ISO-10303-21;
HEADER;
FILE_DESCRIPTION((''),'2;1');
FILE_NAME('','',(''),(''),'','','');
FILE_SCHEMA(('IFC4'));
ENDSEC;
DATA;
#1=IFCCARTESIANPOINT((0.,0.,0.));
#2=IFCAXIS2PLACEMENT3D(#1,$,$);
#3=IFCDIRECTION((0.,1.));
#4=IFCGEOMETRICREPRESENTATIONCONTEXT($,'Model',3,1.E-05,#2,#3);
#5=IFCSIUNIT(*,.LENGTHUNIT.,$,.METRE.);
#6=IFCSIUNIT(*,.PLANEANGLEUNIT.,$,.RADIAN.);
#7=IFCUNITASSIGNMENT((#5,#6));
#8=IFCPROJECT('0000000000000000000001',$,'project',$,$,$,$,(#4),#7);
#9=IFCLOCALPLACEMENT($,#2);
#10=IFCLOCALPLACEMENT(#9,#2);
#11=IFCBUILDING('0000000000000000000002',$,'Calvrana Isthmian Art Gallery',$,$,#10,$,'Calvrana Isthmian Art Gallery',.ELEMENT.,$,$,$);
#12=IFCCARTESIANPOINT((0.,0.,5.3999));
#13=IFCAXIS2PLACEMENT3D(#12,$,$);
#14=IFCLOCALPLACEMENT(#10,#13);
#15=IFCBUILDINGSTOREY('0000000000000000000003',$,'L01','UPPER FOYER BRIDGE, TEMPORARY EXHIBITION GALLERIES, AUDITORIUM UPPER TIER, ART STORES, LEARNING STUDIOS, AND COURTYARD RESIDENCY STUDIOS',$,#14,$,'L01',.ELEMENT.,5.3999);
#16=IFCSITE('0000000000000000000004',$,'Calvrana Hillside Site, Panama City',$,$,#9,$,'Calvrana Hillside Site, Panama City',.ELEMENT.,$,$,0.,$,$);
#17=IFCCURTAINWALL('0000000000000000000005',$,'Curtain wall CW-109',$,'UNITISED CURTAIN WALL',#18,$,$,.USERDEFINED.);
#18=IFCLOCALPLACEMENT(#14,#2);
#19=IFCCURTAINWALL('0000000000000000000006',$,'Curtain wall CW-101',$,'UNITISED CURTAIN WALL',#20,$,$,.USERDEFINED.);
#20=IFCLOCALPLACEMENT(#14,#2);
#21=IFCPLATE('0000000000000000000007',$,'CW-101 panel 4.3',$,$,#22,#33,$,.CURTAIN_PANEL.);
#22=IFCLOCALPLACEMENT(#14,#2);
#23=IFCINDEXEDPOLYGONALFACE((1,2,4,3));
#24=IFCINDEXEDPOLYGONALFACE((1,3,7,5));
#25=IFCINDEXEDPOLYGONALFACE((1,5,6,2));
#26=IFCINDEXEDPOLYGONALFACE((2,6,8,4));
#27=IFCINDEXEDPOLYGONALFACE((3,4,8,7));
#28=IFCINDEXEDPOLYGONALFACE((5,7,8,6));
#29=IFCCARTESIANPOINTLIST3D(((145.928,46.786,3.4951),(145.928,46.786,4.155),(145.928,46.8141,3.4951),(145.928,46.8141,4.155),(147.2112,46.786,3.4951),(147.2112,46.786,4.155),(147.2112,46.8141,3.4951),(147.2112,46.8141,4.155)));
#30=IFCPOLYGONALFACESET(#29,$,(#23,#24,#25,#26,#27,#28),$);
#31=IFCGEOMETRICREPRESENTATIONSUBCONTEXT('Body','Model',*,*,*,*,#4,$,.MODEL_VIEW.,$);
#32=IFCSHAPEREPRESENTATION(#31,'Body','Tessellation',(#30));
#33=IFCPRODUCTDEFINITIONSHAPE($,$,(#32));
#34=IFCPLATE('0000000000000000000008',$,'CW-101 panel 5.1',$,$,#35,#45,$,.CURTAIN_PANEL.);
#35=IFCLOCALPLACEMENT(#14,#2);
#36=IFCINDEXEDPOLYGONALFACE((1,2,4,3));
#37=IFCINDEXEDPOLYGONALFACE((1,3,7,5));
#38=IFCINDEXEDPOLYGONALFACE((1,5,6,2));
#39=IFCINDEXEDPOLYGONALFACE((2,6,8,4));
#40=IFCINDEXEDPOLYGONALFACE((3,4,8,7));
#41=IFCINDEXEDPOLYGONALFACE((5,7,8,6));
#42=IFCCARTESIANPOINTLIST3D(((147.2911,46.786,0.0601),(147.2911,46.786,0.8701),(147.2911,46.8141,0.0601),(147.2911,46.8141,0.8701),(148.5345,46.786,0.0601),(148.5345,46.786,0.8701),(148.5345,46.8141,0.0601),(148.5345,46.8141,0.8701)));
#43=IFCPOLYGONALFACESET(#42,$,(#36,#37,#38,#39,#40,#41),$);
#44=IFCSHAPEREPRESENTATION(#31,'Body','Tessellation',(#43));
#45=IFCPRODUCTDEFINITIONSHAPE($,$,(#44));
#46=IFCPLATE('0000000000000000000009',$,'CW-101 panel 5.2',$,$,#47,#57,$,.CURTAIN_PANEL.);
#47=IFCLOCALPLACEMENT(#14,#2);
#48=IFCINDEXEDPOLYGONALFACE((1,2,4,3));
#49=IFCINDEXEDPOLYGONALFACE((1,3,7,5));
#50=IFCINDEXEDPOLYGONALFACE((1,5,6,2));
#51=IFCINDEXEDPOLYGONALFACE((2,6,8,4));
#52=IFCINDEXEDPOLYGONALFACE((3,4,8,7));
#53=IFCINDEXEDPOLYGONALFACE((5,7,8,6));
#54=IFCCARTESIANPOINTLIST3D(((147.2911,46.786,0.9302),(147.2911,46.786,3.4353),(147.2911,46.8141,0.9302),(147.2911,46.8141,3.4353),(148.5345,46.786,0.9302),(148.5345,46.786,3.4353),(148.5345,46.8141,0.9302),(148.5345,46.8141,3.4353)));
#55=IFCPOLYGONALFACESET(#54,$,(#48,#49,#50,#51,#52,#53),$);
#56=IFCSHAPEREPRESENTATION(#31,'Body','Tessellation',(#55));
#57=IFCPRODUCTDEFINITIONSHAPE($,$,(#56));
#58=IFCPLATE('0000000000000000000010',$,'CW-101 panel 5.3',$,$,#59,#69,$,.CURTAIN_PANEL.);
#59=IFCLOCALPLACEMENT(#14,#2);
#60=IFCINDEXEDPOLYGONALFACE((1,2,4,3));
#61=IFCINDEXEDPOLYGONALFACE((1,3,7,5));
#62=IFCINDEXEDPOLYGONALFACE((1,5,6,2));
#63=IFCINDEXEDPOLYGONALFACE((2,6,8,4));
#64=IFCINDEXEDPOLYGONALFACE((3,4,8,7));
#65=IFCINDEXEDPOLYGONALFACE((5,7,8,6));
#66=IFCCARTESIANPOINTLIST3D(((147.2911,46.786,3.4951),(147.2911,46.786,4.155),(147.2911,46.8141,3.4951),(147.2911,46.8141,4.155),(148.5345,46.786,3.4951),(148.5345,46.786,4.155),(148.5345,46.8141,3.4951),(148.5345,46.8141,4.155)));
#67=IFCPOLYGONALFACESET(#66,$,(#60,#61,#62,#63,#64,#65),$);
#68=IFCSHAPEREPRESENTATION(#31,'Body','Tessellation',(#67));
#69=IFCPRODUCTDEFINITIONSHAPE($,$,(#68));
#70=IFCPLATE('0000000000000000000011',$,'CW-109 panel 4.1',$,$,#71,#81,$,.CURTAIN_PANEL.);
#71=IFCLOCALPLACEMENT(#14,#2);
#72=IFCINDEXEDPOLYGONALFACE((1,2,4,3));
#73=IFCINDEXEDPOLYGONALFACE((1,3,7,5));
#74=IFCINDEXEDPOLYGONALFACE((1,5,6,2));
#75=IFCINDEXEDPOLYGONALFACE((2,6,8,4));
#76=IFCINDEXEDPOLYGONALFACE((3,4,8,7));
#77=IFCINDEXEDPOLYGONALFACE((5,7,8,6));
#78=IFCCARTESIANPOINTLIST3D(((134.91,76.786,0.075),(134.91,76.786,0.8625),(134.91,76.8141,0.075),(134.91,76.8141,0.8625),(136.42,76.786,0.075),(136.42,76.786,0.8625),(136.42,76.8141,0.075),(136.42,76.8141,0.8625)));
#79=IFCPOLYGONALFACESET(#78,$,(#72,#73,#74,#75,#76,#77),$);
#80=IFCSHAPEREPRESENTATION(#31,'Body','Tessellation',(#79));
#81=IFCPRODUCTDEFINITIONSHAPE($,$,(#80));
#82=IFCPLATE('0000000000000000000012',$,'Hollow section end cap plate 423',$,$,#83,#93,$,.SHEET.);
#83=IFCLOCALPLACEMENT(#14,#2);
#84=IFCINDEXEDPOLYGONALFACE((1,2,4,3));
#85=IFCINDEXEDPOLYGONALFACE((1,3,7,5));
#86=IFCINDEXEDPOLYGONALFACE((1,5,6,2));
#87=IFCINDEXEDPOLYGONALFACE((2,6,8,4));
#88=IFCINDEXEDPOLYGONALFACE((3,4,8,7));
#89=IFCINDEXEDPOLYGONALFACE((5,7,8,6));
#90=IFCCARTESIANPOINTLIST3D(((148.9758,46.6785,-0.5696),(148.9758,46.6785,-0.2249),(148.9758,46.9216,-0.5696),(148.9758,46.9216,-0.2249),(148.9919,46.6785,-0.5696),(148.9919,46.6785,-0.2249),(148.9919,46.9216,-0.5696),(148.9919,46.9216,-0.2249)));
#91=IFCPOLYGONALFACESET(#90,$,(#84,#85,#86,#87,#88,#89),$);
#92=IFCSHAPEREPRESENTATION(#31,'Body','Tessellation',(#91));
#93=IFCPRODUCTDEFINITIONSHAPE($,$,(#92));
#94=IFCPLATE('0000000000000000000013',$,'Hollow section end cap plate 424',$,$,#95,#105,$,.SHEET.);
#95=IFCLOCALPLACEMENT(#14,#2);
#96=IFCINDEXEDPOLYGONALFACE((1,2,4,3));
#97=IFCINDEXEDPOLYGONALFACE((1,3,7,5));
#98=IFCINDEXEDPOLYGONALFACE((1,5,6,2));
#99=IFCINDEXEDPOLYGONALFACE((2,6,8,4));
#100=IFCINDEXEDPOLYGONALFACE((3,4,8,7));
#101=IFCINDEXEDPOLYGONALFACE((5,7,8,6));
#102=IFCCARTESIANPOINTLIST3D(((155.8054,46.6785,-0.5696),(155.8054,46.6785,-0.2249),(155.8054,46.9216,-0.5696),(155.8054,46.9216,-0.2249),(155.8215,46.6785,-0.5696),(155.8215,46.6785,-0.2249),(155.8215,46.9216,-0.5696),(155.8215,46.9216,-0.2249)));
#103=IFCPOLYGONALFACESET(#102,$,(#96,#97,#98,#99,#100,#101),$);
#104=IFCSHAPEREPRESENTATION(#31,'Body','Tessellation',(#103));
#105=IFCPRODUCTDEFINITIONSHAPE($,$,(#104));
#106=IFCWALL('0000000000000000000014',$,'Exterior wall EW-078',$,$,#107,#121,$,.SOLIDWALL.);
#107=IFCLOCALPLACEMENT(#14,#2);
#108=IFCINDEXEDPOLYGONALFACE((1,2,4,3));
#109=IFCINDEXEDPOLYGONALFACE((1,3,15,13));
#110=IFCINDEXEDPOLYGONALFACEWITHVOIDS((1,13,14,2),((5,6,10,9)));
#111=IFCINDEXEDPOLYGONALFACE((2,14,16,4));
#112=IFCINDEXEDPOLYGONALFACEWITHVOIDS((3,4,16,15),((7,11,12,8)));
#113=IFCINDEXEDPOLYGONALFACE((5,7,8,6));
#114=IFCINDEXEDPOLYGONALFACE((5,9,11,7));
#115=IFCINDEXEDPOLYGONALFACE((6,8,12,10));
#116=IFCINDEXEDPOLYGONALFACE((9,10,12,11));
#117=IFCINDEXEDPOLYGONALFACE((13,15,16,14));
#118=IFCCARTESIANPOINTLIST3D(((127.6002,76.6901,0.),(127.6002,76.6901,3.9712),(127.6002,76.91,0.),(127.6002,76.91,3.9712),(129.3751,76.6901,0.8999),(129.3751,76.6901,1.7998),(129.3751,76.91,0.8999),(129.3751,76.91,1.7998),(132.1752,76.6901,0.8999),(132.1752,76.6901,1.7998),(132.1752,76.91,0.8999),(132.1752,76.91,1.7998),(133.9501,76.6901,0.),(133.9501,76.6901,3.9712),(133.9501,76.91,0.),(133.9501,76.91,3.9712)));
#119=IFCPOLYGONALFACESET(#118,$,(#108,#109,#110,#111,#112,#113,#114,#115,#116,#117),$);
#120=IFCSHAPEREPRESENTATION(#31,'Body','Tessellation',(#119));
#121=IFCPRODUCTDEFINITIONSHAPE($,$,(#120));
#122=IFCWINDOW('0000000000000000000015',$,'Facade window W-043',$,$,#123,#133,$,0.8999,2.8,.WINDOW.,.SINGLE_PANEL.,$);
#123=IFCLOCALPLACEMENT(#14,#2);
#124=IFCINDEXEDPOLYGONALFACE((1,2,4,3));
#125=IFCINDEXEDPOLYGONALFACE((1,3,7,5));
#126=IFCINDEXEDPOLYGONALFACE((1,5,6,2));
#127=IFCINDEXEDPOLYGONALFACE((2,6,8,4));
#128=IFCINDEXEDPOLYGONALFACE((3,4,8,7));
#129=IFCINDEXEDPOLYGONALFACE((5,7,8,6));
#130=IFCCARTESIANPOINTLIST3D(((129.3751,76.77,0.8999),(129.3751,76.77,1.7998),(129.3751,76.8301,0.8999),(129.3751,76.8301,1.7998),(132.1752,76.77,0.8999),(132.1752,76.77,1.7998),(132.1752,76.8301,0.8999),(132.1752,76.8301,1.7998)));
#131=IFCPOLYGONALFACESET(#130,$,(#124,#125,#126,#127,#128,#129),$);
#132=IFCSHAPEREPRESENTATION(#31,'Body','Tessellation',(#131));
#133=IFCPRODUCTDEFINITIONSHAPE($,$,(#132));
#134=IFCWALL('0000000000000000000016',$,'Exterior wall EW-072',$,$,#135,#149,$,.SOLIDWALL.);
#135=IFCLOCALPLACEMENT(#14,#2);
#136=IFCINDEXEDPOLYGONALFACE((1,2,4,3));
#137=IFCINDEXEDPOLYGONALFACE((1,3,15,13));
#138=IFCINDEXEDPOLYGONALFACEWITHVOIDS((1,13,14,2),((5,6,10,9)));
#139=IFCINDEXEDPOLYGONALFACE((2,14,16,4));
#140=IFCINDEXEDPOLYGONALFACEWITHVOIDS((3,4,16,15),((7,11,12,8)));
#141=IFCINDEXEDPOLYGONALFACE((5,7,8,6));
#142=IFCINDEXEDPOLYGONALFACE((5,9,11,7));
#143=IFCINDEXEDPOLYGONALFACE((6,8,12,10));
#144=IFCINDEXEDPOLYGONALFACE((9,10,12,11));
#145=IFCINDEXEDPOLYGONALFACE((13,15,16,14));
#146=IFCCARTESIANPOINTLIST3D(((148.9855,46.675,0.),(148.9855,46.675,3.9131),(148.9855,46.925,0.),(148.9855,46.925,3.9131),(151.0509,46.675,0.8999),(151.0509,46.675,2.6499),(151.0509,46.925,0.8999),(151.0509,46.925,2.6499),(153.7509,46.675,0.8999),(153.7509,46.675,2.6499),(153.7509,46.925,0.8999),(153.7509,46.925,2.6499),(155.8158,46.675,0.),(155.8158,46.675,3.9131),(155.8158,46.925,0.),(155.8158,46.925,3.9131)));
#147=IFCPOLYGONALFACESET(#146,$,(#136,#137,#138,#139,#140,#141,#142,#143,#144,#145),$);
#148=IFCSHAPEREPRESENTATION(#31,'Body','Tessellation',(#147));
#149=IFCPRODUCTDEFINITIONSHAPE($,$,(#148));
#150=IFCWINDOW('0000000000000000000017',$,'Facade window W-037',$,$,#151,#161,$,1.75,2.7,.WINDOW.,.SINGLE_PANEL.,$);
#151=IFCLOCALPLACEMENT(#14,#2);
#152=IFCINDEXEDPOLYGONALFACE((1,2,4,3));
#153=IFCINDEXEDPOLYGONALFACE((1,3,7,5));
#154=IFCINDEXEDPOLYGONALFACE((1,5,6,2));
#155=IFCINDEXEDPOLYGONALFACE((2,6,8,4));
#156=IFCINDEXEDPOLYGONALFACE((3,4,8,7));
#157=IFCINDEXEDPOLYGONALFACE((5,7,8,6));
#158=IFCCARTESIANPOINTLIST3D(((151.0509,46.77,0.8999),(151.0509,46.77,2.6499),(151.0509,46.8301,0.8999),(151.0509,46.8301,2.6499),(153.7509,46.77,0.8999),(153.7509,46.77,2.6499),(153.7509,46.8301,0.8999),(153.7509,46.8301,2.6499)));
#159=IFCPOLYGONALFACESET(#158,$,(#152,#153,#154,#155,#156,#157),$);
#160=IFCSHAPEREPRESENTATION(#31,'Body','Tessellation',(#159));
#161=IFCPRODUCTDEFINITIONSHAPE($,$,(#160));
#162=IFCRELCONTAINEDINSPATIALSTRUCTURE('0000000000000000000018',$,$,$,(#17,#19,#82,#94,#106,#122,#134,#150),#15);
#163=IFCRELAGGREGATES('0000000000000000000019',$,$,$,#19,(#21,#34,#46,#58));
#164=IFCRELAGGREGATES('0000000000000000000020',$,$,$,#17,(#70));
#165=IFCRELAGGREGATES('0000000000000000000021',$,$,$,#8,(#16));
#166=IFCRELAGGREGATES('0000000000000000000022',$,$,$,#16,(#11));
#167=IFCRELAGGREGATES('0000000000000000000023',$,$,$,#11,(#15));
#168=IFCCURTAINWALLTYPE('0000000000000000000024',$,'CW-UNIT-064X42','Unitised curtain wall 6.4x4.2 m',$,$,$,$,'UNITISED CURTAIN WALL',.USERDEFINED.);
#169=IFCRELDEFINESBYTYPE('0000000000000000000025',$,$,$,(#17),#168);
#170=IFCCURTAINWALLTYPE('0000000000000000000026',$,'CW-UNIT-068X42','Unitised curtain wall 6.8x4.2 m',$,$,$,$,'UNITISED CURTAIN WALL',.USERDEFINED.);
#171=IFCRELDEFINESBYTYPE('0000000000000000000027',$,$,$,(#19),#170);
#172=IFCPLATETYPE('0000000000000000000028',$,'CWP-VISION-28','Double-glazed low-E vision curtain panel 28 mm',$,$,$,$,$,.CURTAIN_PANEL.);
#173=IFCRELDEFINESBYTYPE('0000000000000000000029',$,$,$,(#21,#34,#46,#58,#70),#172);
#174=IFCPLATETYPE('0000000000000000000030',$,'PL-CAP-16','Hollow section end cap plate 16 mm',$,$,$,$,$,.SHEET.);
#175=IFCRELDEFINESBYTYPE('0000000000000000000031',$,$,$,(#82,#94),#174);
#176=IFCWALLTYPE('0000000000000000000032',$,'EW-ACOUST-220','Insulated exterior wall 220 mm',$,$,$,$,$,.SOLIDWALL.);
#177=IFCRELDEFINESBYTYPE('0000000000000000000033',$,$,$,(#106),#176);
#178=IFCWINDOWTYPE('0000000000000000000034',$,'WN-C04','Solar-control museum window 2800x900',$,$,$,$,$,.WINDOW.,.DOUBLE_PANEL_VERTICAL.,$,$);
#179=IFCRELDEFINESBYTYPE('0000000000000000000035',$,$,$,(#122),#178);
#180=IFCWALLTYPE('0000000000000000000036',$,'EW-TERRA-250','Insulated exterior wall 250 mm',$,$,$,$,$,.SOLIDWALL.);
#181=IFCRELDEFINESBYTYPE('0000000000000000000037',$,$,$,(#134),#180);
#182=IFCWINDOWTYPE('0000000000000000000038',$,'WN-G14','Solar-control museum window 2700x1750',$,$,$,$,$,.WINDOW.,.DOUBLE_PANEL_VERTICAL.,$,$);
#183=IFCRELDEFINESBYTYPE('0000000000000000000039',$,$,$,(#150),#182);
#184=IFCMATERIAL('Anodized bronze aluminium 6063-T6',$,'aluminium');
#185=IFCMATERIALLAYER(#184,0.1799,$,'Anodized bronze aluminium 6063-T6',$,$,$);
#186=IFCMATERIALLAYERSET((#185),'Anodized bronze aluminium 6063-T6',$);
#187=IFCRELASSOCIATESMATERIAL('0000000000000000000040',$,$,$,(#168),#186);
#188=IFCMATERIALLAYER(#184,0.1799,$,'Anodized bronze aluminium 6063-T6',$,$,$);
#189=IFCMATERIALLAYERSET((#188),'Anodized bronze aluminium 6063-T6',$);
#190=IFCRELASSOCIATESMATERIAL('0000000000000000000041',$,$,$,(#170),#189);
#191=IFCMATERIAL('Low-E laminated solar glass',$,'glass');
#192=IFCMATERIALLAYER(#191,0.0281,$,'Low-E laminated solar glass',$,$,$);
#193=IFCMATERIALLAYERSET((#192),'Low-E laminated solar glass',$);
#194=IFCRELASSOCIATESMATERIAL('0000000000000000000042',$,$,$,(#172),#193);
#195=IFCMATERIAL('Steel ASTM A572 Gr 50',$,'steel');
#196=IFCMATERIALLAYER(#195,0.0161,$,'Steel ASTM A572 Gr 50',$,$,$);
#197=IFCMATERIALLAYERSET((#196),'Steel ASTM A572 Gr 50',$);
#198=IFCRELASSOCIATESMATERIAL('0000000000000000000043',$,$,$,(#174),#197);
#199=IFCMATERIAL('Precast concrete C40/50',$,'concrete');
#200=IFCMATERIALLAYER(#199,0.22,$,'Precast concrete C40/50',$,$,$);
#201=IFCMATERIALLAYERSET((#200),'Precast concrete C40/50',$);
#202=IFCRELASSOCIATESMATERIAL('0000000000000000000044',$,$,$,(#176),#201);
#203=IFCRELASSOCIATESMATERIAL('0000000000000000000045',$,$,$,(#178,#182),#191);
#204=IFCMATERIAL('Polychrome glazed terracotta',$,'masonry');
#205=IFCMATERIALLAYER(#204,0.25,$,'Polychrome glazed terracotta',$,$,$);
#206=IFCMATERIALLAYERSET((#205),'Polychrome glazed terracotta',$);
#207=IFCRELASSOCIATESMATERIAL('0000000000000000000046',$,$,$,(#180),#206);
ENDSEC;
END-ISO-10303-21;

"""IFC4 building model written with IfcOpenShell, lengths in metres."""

from ifc_helpers import new_model, si_unit, direction, frame, frame_2d, origin, origin_2d, place, context, subcontext, project, spatial, rectangle, extrude, material, layer, layer_set, type_object, element, fill, aggregate, save


model = new_model("IFC4")

# Units and contexts
model_context = context("Model", 3, precision=1e-05, world=origin(), true_north=direction((0.0, 1.0)))
body_context = subcontext(model_context, "Body", "Model", "MODEL_VIEW")
ifc_project = project(units=[si_unit("LENGTHUNIT", "METRE"), si_unit("PLANEANGLEUNIT", "RADIAN")], contexts=[model_context])

# Site, building, storey
site_placement = place(None, origin())
site = spatial("IfcSite", under=ifc_project, at=site_placement, Name="Calvrana Hillside Site, Panama City", LongName="Calvrana Hillside Site, Panama City", CompositionType="ELEMENT", RefElevation=0.0)
building_placement = place(site_placement, origin())
building = spatial("IfcBuilding", under=site, at=building_placement, Name="Calvrana Isthmian Art Gallery", LongName="Calvrana Isthmian Art Gallery", CompositionType="ELEMENT")
storey_placement = place(building_placement, frame((0.0, 0.0, 5.3999)))
storey = spatial("IfcBuildingStorey", under=building, at=storey_placement, Name="L01", Description="UPPER FOYER BRIDGE, TEMPORARY EXHIBITION GALLERIES, AUDITORIUM UPPER TIER, ART STORES, LEARNING STUDIOS, AND COURTYARD RESIDENCY STUDIOS", LongName="L01", CompositionType="ELEMENT", Elevation=5.3999)

# Curtain wall
ifc_material_1 = material(Name="Anodized bronze aluminium 6063-T6", Category="aluminium")
ifc_layer_1 = layer(ifc_material_1, 0.1799, Name="Anodized bronze aluminium 6063-T6")
ifc_layer_set_1 = layer_set([ifc_layer_1], Name="Anodized bronze aluminium 6063-T6")
curtain_wall_type_1 = type_object("IfcCurtainWallType", Name="CW-UNIT-064X42", Description="Unitised curtain wall 6.4x4.2 m", ElementType="UNITISED CURTAIN WALL", PredefinedType="USERDEFINED", material=ifc_layer_set_1)
curtain_wall_1_placement = place(storey_placement, origin())
curtain_wall_1 = element("IfcCurtainWall", 1, at=curtain_wall_1_placement, inside=storey, type_object=curtain_wall_type_1, Name="Curtain wall CW-109", ObjectType="UNITISED CURTAIN WALL", PredefinedType="USERDEFINED")

# Curtain wall, plates
ifc_layer_2 = layer(ifc_material_1, 0.1799, Name="Anodized bronze aluminium 6063-T6")
ifc_layer_set_2 = layer_set([ifc_layer_2], Name="Anodized bronze aluminium 6063-T6")
curtain_wall_type_2 = type_object("IfcCurtainWallType", Name="CW-UNIT-068X42", Description="Unitised curtain wall 6.8x4.2 m", ElementType="UNITISED CURTAIN WALL", PredefinedType="USERDEFINED", material=ifc_layer_set_2)
curtain_wall_2_placement = place(storey_placement, origin())
curtain_wall_2 = element("IfcCurtainWall", 2, at=curtain_wall_2_placement, inside=storey, type_object=curtain_wall_type_2, Name="Curtain wall CW-101", ObjectType="UNITISED CURTAIN WALL", PredefinedType="USERDEFINED")
ifc_material_2 = material(Name="Low-E laminated solar glass", Category="glass")
ifc_layer_3 = layer(ifc_material_2, 0.0281, Name="Low-E laminated solar glass")
ifc_layer_set_3 = layer_set([ifc_layer_3], Name="Low-E laminated solar glass")
plate_type_1 = type_object("IfcPlateType", Name="CWP-VISION-28", Description="Double-glazed low-E vision curtain panel 28 mm", PredefinedType="CURTAIN_PANEL", material=ifc_layer_set_3)
plate_1_placement = place(storey_placement, frame((146.5696, 46.8, 3.4951), z_axis=(0.0, 0.0, 1.0), x_axis=(1.0, 0.0, 0.0)))
plate_1 = element("IfcPlate", 3, at=plate_1_placement, type_object=plate_type_1, Name="CW-101 panel 4.3", PredefinedType="CURTAIN_PANEL", context=body_context, shape_type="SweptSolid", body=[
    extrude(rectangle(XDim=1.2832, YDim=0.0281, at=origin_2d()), origin(), (0.0, 0.0, 1.0), 0.6599),
])
plate_2_placement = place(storey_placement, frame((147.9128, 46.8, 0.0601), z_axis=(0.0, 0.0, 1.0), x_axis=(1.0, 0.0, 0.0)))
plate_2 = element("IfcPlate", 4, at=plate_2_placement, type_object=plate_type_1, Name="CW-101 panel 5.1", PredefinedType="CURTAIN_PANEL", context=body_context, shape_type="SweptSolid", body=[
    extrude(rectangle(XDim=1.2434, YDim=0.0281, at=origin_2d()), origin(), (0.0, 0.0, 1.0), 0.8101),
])
plate_3_placement = place(storey_placement, frame((147.9128, 46.8, 0.9302), z_axis=(0.0, 0.0, 1.0), x_axis=(1.0, 0.0, 0.0)))
plate_3 = element("IfcPlate", 5, at=plate_3_placement, type_object=plate_type_1, Name="CW-101 panel 5.2", PredefinedType="CURTAIN_PANEL", context=body_context, shape_type="SweptSolid", body=[
    extrude(rectangle(XDim=1.2434, YDim=0.0281, at=origin_2d()), origin(), (0.0, 0.0, 1.0), 2.5051),
])
plate_4_placement = place(storey_placement, frame((147.9128, 46.8, 3.4951), z_axis=(0.0, 0.0, 1.0), x_axis=(1.0, 0.0, 0.0)))
plate_4 = element("IfcPlate", 6, at=plate_4_placement, type_object=plate_type_1, Name="CW-101 panel 5.3", PredefinedType="CURTAIN_PANEL", context=body_context, shape_type="SweptSolid", body=[
    extrude(rectangle(XDim=1.2434, YDim=0.0281, at=origin_2d()), origin(), (0.0, 0.0, 1.0), 0.6599),
])
aggregate(curtain_wall_2, [plate_1, plate_2, plate_3, plate_4])

# Plate
plate_5_placement = place(storey_placement, frame((135.665, 76.8, 0.075), z_axis=(0.0, 0.0, 1.0), x_axis=(-1.0, 0.0, 0.0)))
plate_5 = element("IfcPlate", 7, at=plate_5_placement, type_object=plate_type_1, Name="CW-109 panel 4.1", PredefinedType="CURTAIN_PANEL", context=body_context, shape_type="SweptSolid", body=[
    extrude(rectangle(XDim=1.51, YDim=0.0281, at=origin_2d()), origin(), (0.0, 0.0, 1.0), 0.7876),
])
aggregate(curtain_wall_1, [plate_5])

# Plates
ifc_material_3 = material(Name="Steel ASTM A572 Gr 50", Category="steel")
ifc_layer_4 = layer(ifc_material_3, 0.0161, Name="Steel ASTM A572 Gr 50")
ifc_layer_set_4 = layer_set([ifc_layer_4], Name="Steel ASTM A572 Gr 50")
plate_type_2 = type_object("IfcPlateType", Name="PL-CAP-16", Description="Hollow section end cap plate 16 mm", PredefinedType="SHEET", material=ifc_layer_set_4)
for number, where, z_axis, x_axis, name in (
    (8, (148.9839, 46.8, -0.5696), (0.0, 0.0, 1.0), (1.0, 0.0, 0.0), "Hollow section end cap plate 423"),
    (9, (155.8135, 46.8, -0.5696), (0.0, 0.0, 1.0), (1.0, 0.0, 0.0), "Hollow section end cap plate 424"),
):
    element("IfcPlate", number, at=place(storey_placement, frame(where, z_axis=z_axis, x_axis=x_axis)), inside=storey, type_object=plate_type_2, Name=name, PredefinedType="SHEET", context=body_context, shape_type="SweptSolid", body=[
        extrude(rectangle(XDim=0.0161, YDim=0.2432, at=origin_2d()), origin(), (0.0, 0.0, 1.0), 0.3447),
    ])

# Walls, openings, windows
ifc_material_4 = material(Name="Precast concrete C40/50", Category="concrete")
ifc_layer_5 = layer(ifc_material_4, 0.22, Name="Precast concrete C40/50")
ifc_layer_set_5 = layer_set([ifc_layer_5], Name="Precast concrete C40/50")
wall_type_1 = type_object("IfcWallType", Name="EW-ACOUST-220", Description="Insulated exterior wall 220 mm", PredefinedType="SOLIDWALL", material=ifc_layer_set_5)
wall_1_placement = place(storey_placement, frame((133.95, 76.8, 0.0), z_axis=(0.0, 0.0, 1.0), x_axis=(-1.0, 0.0, 0.0)))
wall_1 = element("IfcWall", 10, at=wall_1_placement, inside=storey, type_object=wall_type_1, Name="Exterior wall EW-078", PredefinedType="SOLIDWALL", context=body_context, shape_type="SweptSolid", body=[
    extrude(rectangle(XDim=6.3499, YDim=0.22, at=frame_2d((3.1748, 0.0))), origin(), (0.0, 0.0, 1.0), 3.9712),
])
opening_1_placement = place(wall_1_placement, frame((1.7749, 0.0, 0.8999)))
opening_1 = element("IfcOpeningElement", 11, at=opening_1_placement, cuts=wall_1, PredefinedType="OPENING", context=body_context, shape_type="SweptSolid", body=[
    extrude(rectangle(XDim=2.8, YDim=0.8999, at=frame_2d((1.3999, 0.45))), frame((0.0, 0.1201, 0.0), z_axis=(0.0, -1.0, 0.0), x_axis=(1.0, 0.0, 0.0)), (0.0, 0.0, 1.0), 0.2405),
])
window_type_1 = type_object("IfcWindowType", Name="WN-C04", Description="Solar-control museum window 2800x900", PartitioningType="DOUBLE_PANEL_VERTICAL", PredefinedType="WINDOW", material=ifc_material_2)
window_1_placement = place(opening_1_placement, origin())
window_1 = element("IfcWindow", 12, at=window_1_placement, inside=storey, type_object=window_type_1, Name="Facade window W-043", OverallHeight=0.8999, OverallWidth=2.8, PartitioningType="SINGLE_PANEL", PredefinedType="WINDOW", context=body_context, shape_type="SweptSolid", body=[
    extrude(rectangle(XDim=2.8, YDim=0.8999, at=frame_2d((1.3999, 0.45))), frame((0.0, 0.03, 0.0), z_axis=(0.0, -1.0, 0.0), x_axis=(1.0, 0.0, 0.0)), (0.0, 0.0, 1.0), 0.0601),
])
fill(opening_1, window_1)
ifc_material_5 = material(Name="Polychrome glazed terracotta", Category="masonry")
ifc_layer_6 = layer(ifc_material_5, 0.25, Name="Polychrome glazed terracotta")
ifc_layer_set_6 = layer_set([ifc_layer_6], Name="Polychrome glazed terracotta")
wall_type_2 = type_object("IfcWallType", Name="EW-TERRA-250", Description="Insulated exterior wall 250 mm", PredefinedType="SOLIDWALL", material=ifc_layer_set_6)
wall_2_placement = place(storey_placement, frame((148.9856, 46.8, 0.0), z_axis=(0.0, 0.0, 1.0), x_axis=(1.0, 0.0, 0.0)))
wall_2 = element("IfcWall", 13, at=wall_2_placement, inside=storey, type_object=wall_type_2, Name="Exterior wall EW-072", PredefinedType="SOLIDWALL", context=body_context, shape_type="SweptSolid", body=[
    extrude(rectangle(XDim=6.8303, YDim=0.25, at=frame_2d((3.415, 0.0))), origin(), (0.0, 0.0, 1.0), 3.9131),
])
opening_2_placement = place(wall_2_placement, frame((2.0652, 0.0, 0.8999)))
opening_2 = element("IfcOpeningElement", 14, at=opening_2_placement, cuts=wall_2, PredefinedType="OPENING", context=body_context, shape_type="SweptSolid", body=[
    extrude(rectangle(XDim=2.7, YDim=1.75, at=frame_2d((1.3501, 0.875))), frame((0.0, 0.1353, 0.0), z_axis=(0.0, -1.0, 0.0), x_axis=(1.0, 0.0, 0.0)), (0.0, 0.0, 1.0), 0.2705),
])
window_type_2 = type_object("IfcWindowType", Name="WN-G14", Description="Solar-control museum window 2700x1750", PartitioningType="DOUBLE_PANEL_VERTICAL", PredefinedType="WINDOW", material=ifc_material_2)
window_2_placement = place(opening_2_placement, origin())
window_2 = element("IfcWindow", 15, at=window_2_placement, inside=storey, type_object=window_type_2, Name="Facade window W-037", OverallHeight=1.75, OverallWidth=2.7, PartitioningType="SINGLE_PANEL", PredefinedType="WINDOW", context=body_context, shape_type="SweptSolid", body=[
    extrude(rectangle(XDim=2.7, YDim=1.75, at=frame_2d((1.3501, 0.875))), frame((0.0, 0.03, 0.0), z_axis=(0.0, -1.0, 0.0), x_axis=(1.0, 0.0, 0.0)), (0.0, 0.0, 1.0), 0.0601),
])
fill(opening_2, window_2)

save(model, "model.ifc")
